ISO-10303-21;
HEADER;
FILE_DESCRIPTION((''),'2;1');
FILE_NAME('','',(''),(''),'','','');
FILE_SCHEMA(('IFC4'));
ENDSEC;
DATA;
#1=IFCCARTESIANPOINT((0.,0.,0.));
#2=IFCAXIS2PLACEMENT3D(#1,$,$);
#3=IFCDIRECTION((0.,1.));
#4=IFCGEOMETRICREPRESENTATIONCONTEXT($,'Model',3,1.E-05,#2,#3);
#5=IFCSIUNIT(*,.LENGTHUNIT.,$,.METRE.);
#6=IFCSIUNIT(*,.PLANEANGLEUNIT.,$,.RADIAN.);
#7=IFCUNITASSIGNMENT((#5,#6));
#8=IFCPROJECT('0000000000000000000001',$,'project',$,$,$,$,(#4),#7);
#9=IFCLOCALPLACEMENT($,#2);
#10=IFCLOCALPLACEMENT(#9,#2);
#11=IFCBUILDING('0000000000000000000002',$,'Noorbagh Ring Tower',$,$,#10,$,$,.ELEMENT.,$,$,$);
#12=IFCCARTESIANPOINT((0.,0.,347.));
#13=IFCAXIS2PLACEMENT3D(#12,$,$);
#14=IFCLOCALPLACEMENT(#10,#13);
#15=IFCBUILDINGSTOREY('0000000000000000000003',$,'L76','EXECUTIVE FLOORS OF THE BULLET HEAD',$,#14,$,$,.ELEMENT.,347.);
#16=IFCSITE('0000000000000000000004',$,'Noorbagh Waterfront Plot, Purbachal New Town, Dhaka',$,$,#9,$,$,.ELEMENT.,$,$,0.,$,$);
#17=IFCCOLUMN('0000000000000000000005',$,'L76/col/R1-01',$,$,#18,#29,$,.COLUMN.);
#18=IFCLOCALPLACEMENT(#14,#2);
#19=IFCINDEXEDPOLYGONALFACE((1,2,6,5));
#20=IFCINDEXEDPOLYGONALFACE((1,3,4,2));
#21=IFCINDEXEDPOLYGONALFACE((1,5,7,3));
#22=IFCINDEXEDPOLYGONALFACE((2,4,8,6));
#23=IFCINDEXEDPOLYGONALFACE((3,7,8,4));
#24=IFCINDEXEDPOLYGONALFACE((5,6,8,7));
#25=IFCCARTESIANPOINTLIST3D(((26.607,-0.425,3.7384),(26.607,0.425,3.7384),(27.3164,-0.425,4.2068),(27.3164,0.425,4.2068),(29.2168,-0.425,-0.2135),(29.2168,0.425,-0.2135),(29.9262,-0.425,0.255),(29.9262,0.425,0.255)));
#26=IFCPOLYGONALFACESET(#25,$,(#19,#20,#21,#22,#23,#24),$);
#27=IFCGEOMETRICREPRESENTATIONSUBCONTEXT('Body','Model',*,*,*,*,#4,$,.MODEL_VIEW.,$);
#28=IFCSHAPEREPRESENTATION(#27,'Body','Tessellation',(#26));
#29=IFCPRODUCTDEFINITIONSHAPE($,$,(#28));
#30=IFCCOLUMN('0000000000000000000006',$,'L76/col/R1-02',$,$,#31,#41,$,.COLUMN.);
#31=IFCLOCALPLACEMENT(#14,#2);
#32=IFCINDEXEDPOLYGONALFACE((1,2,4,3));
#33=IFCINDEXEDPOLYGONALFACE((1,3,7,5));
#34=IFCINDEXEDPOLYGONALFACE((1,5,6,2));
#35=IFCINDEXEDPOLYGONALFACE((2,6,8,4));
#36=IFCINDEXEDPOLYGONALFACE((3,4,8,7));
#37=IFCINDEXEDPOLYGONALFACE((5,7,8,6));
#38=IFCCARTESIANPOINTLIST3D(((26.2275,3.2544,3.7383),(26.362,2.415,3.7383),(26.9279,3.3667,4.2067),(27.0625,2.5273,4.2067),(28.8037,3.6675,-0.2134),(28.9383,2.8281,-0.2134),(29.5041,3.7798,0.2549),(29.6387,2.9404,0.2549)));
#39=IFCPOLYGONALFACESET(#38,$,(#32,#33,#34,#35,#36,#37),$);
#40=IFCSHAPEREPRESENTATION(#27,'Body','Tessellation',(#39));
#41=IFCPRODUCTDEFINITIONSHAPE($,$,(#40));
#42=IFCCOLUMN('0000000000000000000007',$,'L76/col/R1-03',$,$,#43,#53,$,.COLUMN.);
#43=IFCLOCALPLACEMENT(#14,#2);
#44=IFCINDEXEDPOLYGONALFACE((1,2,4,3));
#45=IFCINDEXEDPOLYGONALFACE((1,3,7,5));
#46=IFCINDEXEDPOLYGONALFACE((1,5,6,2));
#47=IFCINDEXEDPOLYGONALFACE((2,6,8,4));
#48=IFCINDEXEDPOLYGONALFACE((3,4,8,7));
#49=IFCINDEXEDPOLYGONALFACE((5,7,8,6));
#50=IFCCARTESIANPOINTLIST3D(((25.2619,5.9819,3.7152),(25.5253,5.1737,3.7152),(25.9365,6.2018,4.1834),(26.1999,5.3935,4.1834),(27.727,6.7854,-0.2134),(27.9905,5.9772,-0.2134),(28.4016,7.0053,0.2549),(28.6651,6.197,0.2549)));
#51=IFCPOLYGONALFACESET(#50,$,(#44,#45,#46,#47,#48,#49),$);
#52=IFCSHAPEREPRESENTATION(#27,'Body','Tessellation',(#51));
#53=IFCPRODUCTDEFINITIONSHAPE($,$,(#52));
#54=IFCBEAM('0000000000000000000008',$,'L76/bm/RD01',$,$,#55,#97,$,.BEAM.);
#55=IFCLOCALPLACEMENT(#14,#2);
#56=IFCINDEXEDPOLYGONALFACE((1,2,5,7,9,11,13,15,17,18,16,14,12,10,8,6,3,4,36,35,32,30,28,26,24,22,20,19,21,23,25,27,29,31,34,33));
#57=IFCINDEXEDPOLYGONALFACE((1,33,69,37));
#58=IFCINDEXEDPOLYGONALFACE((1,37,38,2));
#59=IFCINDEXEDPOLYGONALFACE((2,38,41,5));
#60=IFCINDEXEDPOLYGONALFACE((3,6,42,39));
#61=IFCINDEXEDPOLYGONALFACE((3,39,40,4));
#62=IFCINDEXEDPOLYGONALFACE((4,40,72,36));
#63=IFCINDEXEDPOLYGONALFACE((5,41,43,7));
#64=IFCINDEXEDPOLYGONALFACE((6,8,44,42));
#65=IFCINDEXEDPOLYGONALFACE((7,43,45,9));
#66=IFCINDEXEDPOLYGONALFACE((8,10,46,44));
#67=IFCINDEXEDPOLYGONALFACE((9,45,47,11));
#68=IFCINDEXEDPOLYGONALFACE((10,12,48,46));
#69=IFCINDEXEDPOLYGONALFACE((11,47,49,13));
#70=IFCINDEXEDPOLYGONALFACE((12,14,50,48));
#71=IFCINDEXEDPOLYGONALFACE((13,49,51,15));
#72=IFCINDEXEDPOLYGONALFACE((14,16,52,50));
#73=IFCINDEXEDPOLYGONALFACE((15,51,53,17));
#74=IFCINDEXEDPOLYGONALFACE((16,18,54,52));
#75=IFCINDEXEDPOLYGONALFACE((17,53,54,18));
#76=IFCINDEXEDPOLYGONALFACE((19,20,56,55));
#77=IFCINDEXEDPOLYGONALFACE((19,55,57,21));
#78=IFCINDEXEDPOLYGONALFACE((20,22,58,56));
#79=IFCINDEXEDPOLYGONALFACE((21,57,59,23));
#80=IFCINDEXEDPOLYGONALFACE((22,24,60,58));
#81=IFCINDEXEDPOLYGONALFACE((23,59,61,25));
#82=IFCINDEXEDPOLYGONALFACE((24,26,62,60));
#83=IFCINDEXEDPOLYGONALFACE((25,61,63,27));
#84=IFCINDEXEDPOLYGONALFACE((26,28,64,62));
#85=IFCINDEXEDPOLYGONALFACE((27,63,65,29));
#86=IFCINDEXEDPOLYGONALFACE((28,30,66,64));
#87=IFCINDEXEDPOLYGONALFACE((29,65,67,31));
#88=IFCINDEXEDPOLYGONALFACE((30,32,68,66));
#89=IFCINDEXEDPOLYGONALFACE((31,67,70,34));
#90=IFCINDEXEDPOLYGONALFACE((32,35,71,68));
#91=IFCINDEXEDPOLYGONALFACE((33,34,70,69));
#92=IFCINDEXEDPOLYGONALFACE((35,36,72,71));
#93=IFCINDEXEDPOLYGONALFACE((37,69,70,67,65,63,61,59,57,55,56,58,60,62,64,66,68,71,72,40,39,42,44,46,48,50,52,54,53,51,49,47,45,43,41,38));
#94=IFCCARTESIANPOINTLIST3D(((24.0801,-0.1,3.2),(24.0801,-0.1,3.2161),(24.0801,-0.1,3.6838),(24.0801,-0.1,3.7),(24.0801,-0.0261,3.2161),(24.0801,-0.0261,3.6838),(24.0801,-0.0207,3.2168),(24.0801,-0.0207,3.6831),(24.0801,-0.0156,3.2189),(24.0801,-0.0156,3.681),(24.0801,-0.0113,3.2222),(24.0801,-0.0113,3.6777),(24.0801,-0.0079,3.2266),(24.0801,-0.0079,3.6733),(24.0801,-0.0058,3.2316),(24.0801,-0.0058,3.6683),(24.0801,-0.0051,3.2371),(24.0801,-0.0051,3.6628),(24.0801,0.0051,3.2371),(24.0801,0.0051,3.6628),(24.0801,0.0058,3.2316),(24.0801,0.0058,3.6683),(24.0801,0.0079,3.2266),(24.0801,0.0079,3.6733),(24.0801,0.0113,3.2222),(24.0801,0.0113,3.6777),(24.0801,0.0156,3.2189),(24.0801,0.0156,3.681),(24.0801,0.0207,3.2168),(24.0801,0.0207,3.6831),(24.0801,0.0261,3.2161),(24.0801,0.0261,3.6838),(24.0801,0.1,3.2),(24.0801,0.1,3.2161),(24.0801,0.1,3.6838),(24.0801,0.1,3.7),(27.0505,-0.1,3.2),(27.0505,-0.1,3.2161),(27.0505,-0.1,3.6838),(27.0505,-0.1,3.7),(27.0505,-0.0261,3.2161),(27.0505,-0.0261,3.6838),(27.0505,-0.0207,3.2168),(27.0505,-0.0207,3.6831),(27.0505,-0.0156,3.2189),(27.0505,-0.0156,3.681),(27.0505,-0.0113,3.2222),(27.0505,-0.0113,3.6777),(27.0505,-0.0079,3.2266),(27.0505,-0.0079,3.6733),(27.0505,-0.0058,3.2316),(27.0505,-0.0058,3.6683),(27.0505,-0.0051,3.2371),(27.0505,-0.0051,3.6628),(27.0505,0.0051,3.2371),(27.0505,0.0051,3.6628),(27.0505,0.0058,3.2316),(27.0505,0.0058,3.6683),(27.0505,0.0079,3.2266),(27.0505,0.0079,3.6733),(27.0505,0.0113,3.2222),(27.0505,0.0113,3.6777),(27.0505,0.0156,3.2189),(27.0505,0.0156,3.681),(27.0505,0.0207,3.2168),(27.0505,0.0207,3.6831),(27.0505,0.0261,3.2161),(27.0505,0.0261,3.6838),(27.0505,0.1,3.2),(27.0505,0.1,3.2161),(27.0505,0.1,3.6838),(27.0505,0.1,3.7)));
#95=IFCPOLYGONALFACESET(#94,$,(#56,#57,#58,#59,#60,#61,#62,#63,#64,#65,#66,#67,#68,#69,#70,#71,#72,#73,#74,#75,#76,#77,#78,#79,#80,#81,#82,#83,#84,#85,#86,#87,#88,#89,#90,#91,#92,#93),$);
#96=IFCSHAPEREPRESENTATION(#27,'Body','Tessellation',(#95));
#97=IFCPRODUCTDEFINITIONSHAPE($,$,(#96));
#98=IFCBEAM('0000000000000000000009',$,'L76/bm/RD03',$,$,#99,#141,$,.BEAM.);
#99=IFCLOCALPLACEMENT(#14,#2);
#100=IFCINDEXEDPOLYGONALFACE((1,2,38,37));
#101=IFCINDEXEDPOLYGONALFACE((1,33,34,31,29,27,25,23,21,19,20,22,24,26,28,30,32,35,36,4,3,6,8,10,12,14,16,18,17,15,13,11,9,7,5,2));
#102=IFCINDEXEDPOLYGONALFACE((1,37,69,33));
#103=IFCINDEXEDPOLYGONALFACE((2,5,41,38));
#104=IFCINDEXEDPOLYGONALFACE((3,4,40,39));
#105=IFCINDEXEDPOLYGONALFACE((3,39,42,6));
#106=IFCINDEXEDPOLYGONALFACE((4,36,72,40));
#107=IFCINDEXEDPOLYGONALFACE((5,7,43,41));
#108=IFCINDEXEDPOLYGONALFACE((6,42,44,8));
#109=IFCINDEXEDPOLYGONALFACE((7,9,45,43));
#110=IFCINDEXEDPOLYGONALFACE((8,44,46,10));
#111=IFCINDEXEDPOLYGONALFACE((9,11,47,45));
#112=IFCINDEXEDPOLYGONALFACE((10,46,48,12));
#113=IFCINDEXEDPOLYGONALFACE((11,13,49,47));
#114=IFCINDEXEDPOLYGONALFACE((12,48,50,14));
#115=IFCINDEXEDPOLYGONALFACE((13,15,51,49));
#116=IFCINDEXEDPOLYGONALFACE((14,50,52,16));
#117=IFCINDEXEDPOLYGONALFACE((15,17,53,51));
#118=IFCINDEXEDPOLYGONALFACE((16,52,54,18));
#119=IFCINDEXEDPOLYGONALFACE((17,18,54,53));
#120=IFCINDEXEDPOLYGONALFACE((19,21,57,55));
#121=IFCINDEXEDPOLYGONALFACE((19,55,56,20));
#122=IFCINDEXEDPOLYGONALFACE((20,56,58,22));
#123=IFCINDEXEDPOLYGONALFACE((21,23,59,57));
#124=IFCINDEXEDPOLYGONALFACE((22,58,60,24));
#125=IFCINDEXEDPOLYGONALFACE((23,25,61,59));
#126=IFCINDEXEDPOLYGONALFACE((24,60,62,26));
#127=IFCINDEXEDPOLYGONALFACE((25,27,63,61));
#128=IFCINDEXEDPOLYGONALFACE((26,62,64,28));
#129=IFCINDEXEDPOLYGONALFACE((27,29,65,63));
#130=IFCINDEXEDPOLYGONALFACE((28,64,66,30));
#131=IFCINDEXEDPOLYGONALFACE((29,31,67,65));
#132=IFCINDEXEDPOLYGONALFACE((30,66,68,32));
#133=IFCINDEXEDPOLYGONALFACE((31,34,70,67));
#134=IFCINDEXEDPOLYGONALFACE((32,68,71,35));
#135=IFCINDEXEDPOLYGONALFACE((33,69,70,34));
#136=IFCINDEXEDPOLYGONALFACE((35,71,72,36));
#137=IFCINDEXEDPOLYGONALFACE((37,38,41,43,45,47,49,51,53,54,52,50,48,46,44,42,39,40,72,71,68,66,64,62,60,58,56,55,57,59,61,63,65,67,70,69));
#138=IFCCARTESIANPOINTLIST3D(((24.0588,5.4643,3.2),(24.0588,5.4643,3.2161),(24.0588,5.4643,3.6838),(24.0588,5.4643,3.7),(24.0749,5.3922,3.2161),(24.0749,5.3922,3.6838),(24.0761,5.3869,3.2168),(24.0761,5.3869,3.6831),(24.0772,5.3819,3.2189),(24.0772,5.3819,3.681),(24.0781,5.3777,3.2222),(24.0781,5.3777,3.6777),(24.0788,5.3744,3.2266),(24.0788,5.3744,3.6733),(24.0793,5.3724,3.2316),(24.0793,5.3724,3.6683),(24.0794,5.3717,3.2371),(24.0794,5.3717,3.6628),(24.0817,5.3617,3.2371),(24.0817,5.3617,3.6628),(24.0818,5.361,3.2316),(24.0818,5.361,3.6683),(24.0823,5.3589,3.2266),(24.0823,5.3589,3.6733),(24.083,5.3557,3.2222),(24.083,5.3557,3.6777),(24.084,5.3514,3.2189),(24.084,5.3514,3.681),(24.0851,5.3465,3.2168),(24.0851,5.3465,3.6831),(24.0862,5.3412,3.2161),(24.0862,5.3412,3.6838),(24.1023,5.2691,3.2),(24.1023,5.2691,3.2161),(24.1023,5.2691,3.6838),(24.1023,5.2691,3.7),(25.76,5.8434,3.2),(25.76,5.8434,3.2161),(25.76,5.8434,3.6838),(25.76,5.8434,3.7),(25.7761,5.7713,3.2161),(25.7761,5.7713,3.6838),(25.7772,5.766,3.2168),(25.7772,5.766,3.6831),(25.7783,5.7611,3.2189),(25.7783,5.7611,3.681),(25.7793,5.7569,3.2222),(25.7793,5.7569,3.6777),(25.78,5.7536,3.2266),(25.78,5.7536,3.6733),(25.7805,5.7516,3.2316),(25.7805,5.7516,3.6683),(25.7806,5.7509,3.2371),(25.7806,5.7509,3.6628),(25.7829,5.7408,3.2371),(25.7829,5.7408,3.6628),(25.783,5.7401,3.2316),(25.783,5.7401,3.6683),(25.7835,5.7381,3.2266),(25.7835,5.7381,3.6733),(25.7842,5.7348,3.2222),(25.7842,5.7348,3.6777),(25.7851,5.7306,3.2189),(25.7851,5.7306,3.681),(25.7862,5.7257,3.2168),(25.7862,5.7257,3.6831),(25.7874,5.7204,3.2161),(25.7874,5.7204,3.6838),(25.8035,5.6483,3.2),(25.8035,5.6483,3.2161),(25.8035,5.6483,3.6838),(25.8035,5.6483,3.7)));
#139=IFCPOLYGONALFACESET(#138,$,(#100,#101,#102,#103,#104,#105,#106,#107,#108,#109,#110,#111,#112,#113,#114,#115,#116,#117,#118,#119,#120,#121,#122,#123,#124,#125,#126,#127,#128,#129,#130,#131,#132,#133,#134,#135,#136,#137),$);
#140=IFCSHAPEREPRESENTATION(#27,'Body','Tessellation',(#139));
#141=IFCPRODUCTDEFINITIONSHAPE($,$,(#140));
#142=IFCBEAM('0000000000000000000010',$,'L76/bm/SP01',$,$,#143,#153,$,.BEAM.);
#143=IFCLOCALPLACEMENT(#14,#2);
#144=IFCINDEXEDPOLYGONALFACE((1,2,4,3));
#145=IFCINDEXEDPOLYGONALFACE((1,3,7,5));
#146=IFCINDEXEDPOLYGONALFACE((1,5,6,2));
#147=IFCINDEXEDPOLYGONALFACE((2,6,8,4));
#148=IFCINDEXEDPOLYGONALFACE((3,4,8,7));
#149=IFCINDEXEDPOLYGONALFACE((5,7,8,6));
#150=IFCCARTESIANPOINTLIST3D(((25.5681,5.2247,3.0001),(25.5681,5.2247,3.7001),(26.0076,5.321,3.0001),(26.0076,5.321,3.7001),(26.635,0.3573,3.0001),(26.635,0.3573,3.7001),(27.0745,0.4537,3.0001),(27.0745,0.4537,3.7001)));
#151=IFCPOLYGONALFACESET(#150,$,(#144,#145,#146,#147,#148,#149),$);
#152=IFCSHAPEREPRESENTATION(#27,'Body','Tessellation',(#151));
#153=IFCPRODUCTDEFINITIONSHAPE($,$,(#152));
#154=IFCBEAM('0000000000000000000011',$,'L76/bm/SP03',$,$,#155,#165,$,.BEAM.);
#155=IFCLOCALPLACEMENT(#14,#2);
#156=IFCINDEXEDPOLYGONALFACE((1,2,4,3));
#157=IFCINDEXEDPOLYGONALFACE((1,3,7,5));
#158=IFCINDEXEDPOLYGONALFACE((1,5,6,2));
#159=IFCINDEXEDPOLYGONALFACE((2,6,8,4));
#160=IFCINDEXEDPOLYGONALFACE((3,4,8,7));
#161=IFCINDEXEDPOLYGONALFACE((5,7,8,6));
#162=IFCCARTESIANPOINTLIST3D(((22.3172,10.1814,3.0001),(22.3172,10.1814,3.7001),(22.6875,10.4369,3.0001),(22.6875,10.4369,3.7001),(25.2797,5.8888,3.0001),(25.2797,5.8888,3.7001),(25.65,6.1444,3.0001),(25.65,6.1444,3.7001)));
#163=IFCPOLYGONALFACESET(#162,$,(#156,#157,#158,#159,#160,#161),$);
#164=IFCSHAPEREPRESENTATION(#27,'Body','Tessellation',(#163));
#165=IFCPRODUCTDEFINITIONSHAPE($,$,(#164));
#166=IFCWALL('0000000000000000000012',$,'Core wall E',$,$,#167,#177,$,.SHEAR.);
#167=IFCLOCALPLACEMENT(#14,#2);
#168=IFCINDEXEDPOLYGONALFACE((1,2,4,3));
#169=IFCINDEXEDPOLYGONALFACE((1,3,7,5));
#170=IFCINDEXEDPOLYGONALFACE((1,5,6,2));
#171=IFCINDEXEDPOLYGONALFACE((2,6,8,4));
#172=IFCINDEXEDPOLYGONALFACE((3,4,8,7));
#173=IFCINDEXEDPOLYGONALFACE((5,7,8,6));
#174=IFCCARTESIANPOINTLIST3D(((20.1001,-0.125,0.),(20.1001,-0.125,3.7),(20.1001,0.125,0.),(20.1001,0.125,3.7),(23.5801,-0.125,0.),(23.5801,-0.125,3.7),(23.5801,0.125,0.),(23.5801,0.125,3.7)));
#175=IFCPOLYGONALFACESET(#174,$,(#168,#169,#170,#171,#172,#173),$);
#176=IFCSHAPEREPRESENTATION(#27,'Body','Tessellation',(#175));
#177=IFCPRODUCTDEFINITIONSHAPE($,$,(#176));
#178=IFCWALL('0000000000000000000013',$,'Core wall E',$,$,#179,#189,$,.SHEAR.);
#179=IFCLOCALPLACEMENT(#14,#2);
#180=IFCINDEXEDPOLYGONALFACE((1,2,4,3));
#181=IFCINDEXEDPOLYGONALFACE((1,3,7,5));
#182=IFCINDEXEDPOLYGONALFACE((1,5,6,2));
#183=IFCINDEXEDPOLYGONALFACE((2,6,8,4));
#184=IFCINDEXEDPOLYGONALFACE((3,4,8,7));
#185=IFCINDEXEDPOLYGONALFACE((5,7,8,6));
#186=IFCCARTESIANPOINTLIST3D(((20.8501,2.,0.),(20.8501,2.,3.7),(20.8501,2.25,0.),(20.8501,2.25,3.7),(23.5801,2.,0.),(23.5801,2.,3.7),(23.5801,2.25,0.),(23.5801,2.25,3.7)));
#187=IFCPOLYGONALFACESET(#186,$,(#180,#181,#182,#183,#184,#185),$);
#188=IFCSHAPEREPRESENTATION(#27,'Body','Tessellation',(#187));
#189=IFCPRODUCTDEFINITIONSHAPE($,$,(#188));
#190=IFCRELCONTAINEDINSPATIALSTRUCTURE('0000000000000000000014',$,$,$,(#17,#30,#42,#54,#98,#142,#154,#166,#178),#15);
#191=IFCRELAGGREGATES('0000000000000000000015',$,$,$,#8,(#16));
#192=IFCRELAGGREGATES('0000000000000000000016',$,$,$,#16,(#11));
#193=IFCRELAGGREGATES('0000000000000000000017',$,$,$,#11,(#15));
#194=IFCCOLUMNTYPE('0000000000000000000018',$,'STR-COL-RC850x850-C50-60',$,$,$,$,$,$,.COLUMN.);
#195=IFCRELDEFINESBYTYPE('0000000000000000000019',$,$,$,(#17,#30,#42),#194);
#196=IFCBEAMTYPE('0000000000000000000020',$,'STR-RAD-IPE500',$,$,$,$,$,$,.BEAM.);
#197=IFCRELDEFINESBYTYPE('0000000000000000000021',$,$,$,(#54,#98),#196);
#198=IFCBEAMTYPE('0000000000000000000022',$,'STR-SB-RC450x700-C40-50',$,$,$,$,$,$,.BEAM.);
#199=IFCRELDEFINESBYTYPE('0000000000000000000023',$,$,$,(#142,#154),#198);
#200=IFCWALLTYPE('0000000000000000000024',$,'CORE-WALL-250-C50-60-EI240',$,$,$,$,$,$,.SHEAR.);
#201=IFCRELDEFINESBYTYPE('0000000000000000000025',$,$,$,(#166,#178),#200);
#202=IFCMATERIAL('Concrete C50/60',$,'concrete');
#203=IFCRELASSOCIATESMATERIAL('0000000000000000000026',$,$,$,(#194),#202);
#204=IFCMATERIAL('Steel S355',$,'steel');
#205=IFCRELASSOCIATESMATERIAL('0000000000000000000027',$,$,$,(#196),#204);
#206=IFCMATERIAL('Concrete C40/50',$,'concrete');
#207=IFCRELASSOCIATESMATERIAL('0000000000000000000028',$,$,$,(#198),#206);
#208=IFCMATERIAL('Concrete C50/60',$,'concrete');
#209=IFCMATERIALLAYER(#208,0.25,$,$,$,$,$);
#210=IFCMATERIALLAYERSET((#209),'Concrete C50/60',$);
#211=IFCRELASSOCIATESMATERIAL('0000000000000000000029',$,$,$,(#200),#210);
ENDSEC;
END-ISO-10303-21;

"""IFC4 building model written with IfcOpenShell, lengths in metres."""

from ifc_helpers import new_model, si_unit, direction, frame, frame_2d, origin, origin_2d, place, context, subcontext, project, spatial, rectangle, i_section, extrude, material, layer, layer_set, material_profile, profile_set, type_object, element, save


model = new_model("IFC4")

# Units and contexts
model_context = context("Model", 3, precision=1e-05, world=origin(), true_north=direction((0.0, 1.0)))
body_context = subcontext(model_context, "Body", "Model", "MODEL_VIEW")
ifc_project = project(units=[si_unit("LENGTHUNIT", "METRE"), si_unit("PLANEANGLEUNIT", "RADIAN")], contexts=[model_context])

# Site, building, storey
site_placement = place(None, origin())
site = spatial("IfcSite", under=ifc_project, at=site_placement, Name="Noorbagh Waterfront Plot, Purbachal New Town, Dhaka", CompositionType="ELEMENT", RefElevation=0.0)
building_placement = place(site_placement, origin())
building = spatial("IfcBuilding", under=site, at=building_placement, Name="Noorbagh Ring Tower", CompositionType="ELEMENT")
storey_placement = place(building_placement, frame((0.0, 0.0, 347.0)))
storey = spatial("IfcBuildingStorey", under=building, at=storey_placement, Name="L76", Description="EXECUTIVE FLOORS OF THE BULLET HEAD", CompositionType="ELEMENT", Elevation=347.0)

# Columns
ifc_material_1 = material(Name="Concrete C50/60", Category="concrete")
ifc_material_profile_1 = material_profile(ifc_material_1, rectangle(XDim=0.8501, YDim=0.8501, at=origin_2d()), Name="RC850x850")
ifc_profile_set_1 = profile_set([ifc_material_profile_1], Name="Concrete C50/60")
column_type = type_object("IfcColumnType", Name="STR-COL-RC850x850-C50-60", PredefinedType="COLUMN", material=ifc_profile_set_1)
column_1_placement = place(storey_placement, frame((29.5715, 0.0, 0.0208), z_axis=(-0.551078, 0.0, 0.834453), x_axis=(0.0, -1.0, 0.0)))
element("IfcColumn", 1, at=column_1_placement, inside=storey, type_object=column_type, Name="L76/col/R1-01", PredefinedType="COLUMN", context=body_context, shape_type="SweptSolid", body=[
    extrude(rectangle(XDim=0.8501, YDim=0.8501, at=origin_2d()), origin(), (0.0, 0.0, 1.0), 4.7358),
])
column_2_placement = place(storey_placement, frame((29.2212, 3.304, 0.0208), z_axis=(-0.544037, -0.087236, 0.834514), x_axis=(0.158326, -0.987387, 0.0)))
element("IfcColumn", 2, at=column_2_placement, inside=storey, type_object=column_type, Name="L76/col/R1-02", PredefinedType="COLUMN", context=body_context, shape_type="SweptSolid", body=[
    extrude(rectangle(XDim=0.8501, YDim=0.8501, at=origin_2d()), origin(), (0.0, 0.0, 1.0), 4.7354),
])
column_3_placement = place(storey_placement, frame((28.196, 6.4912, 0.0208), z_axis=(-0.523716, -0.170699, 0.834616), x_axis=(0.309893, -0.950771, 0.0)))
element("IfcColumn", 3, at=column_3_placement, inside=storey, type_object=column_type, Name="L76/col/R1-03", PredefinedType="COLUMN", context=body_context, shape_type="SweptSolid", body=[
    extrude(rectangle(XDim=0.8501, YDim=0.8501, at=origin_2d()), origin(), (0.0, 0.0, 1.0), 4.707),
])

# Beams
ifc_material_2 = material(Name="Steel S355", Category="steel")
ifc_material_profile_2 = material_profile(ifc_material_2, i_section(OverallWidth=0.2, OverallDepth=0.5, WebThickness=0.0103, FlangeThickness=0.0161, FilletRadius=0.021, at=origin_2d()), Name="IPE500")
ifc_profile_set_2 = profile_set([ifc_material_profile_2], Name="Steel S355")
beam_type_1 = type_object("IfcBeamType", Name="STR-RAD-IPE500", PredefinedType="BEAM", material=ifc_profile_set_2)
beam_1_placement = place(storey_placement, frame((27.0505, 0.0, 3.45), z_axis=(-1.0, 0.0, 0.0), x_axis=(0.0, -1.0, 0.0)))
element("IfcBeam", 4, at=beam_1_placement, inside=storey, type_object=beam_type_1, Name="L76/bm/RD01", PredefinedType="BEAM", context=body_context, shape_type="SweptSolid", body=[
    extrude(i_section(OverallWidth=0.2, OverallDepth=0.5, WebThickness=0.0103, FlangeThickness=0.0161, FilletRadius=0.021, at=origin_2d()), origin(), (0.0, 0.0, 1.0), 2.9705),
])
beam_2_placement = place(storey_placement, frame((25.7817, 5.7458, 3.45), z_axis=(-0.976052, -0.217539, 0.0), x_axis=(0.217539, -0.976052, 0.0)))
element("IfcBeam", 5, at=beam_2_placement, inside=storey, type_object=beam_type_1, Name="L76/bm/RD03", PredefinedType="BEAM", context=body_context, shape_type="SweptSolid", body=[
    extrude(i_section(OverallWidth=0.2, OverallDepth=0.5, WebThickness=0.0103, FlangeThickness=0.0161, FilletRadius=0.021, at=origin_2d()), origin(), (0.0, 0.0, 1.0), 1.7429),
])
ifc_material_3 = material(Name="Concrete C40/50", Category="concrete")
ifc_material_profile_3 = material_profile(ifc_material_3, rectangle(XDim=0.45, YDim=0.7, at=origin_2d()), Name="RC450x700")
ifc_profile_set_3 = profile_set([ifc_material_profile_3], Name="Concrete C40/50")
beam_type_2 = type_object("IfcBeamType", Name="STR-SB-RC450x700-C40-50", PredefinedType="BEAM", material=ifc_profile_set_3)
beam_3_placement = place(storey_placement, frame((26.8547, 0.4055, 3.3501), z_axis=(-0.214107, 0.97681, 0.0), x_axis=(-0.97681, -0.214107, 0.0)))
element("IfcBeam", 6, at=beam_3_placement, inside=storey, type_object=beam_type_2, Name="L76/bm/SP01", PredefinedType="BEAM", context=body_context, shape_type="SweptSolid", body=[
    extrude(rectangle(XDim=0.45, YDim=0.7, at=origin_2d()), origin(), (0.0, 0.0, 1.0), 4.9829),
])
beam_4_placement = place(storey_placement, frame((25.4648, 6.0166, 3.3501), z_axis=(-0.568002, 0.823027, 0.0), x_axis=(-0.823027, -0.568002, 0.0)))
element("IfcBeam", 7, at=beam_4_placement, inside=storey, type_object=beam_type_2, Name="L76/bm/SP03", PredefinedType="BEAM", context=body_context, shape_type="SweptSolid", body=[
    extrude(rectangle(XDim=0.45, YDim=0.7, at=origin_2d()), origin(), (0.0, 0.0, 1.0), 5.2156),
])

# Walls
ifc_material_4 = material(Name="Concrete C50/60", Category="concrete")
ifc_layer_1 = layer(ifc_material_4, 0.25)
ifc_layer_set_1 = layer_set([ifc_layer_1], Name="Concrete C50/60")
wall_type_1 = type_object("IfcWallType", Name="CORE-WALL-250-C50-60-EI240", PredefinedType="SHEAR", material=ifc_layer_set_1)
wall_1_placement = place(storey_placement, frame((20.1001, 0.0, 0.0), z_axis=(0.0, 0.0, 1.0), x_axis=(1.0, 0.0, 0.0)))
element("IfcWall", 8, at=wall_1_placement, inside=storey, type_object=wall_type_1, Name="Core wall E", PredefinedType="SHEAR", context=body_context, shape_type="SweptSolid", body=[
    extrude(rectangle(XDim=3.48, YDim=0.25, at=frame_2d((1.74, 0.0))), origin(), (0.0, 0.0, 1.0), 3.7),
])
wall_2_placement = place(storey_placement, frame((20.8501, 2.125, 0.0), z_axis=(0.0, 0.0, 1.0), x_axis=(1.0, 0.0, 0.0)))
element("IfcWall", 9, at=wall_2_placement, inside=storey, type_object=wall_type_1, Name="Core wall E", PredefinedType="SHEAR", context=body_context, shape_type="SweptSolid", body=[
    extrude(rectangle(XDim=2.73, YDim=0.25, at=frame_2d((1.365, 0.0))), origin(), (0.0, 0.0, 1.0), 3.7),
])

save(model, "model.ifc")
